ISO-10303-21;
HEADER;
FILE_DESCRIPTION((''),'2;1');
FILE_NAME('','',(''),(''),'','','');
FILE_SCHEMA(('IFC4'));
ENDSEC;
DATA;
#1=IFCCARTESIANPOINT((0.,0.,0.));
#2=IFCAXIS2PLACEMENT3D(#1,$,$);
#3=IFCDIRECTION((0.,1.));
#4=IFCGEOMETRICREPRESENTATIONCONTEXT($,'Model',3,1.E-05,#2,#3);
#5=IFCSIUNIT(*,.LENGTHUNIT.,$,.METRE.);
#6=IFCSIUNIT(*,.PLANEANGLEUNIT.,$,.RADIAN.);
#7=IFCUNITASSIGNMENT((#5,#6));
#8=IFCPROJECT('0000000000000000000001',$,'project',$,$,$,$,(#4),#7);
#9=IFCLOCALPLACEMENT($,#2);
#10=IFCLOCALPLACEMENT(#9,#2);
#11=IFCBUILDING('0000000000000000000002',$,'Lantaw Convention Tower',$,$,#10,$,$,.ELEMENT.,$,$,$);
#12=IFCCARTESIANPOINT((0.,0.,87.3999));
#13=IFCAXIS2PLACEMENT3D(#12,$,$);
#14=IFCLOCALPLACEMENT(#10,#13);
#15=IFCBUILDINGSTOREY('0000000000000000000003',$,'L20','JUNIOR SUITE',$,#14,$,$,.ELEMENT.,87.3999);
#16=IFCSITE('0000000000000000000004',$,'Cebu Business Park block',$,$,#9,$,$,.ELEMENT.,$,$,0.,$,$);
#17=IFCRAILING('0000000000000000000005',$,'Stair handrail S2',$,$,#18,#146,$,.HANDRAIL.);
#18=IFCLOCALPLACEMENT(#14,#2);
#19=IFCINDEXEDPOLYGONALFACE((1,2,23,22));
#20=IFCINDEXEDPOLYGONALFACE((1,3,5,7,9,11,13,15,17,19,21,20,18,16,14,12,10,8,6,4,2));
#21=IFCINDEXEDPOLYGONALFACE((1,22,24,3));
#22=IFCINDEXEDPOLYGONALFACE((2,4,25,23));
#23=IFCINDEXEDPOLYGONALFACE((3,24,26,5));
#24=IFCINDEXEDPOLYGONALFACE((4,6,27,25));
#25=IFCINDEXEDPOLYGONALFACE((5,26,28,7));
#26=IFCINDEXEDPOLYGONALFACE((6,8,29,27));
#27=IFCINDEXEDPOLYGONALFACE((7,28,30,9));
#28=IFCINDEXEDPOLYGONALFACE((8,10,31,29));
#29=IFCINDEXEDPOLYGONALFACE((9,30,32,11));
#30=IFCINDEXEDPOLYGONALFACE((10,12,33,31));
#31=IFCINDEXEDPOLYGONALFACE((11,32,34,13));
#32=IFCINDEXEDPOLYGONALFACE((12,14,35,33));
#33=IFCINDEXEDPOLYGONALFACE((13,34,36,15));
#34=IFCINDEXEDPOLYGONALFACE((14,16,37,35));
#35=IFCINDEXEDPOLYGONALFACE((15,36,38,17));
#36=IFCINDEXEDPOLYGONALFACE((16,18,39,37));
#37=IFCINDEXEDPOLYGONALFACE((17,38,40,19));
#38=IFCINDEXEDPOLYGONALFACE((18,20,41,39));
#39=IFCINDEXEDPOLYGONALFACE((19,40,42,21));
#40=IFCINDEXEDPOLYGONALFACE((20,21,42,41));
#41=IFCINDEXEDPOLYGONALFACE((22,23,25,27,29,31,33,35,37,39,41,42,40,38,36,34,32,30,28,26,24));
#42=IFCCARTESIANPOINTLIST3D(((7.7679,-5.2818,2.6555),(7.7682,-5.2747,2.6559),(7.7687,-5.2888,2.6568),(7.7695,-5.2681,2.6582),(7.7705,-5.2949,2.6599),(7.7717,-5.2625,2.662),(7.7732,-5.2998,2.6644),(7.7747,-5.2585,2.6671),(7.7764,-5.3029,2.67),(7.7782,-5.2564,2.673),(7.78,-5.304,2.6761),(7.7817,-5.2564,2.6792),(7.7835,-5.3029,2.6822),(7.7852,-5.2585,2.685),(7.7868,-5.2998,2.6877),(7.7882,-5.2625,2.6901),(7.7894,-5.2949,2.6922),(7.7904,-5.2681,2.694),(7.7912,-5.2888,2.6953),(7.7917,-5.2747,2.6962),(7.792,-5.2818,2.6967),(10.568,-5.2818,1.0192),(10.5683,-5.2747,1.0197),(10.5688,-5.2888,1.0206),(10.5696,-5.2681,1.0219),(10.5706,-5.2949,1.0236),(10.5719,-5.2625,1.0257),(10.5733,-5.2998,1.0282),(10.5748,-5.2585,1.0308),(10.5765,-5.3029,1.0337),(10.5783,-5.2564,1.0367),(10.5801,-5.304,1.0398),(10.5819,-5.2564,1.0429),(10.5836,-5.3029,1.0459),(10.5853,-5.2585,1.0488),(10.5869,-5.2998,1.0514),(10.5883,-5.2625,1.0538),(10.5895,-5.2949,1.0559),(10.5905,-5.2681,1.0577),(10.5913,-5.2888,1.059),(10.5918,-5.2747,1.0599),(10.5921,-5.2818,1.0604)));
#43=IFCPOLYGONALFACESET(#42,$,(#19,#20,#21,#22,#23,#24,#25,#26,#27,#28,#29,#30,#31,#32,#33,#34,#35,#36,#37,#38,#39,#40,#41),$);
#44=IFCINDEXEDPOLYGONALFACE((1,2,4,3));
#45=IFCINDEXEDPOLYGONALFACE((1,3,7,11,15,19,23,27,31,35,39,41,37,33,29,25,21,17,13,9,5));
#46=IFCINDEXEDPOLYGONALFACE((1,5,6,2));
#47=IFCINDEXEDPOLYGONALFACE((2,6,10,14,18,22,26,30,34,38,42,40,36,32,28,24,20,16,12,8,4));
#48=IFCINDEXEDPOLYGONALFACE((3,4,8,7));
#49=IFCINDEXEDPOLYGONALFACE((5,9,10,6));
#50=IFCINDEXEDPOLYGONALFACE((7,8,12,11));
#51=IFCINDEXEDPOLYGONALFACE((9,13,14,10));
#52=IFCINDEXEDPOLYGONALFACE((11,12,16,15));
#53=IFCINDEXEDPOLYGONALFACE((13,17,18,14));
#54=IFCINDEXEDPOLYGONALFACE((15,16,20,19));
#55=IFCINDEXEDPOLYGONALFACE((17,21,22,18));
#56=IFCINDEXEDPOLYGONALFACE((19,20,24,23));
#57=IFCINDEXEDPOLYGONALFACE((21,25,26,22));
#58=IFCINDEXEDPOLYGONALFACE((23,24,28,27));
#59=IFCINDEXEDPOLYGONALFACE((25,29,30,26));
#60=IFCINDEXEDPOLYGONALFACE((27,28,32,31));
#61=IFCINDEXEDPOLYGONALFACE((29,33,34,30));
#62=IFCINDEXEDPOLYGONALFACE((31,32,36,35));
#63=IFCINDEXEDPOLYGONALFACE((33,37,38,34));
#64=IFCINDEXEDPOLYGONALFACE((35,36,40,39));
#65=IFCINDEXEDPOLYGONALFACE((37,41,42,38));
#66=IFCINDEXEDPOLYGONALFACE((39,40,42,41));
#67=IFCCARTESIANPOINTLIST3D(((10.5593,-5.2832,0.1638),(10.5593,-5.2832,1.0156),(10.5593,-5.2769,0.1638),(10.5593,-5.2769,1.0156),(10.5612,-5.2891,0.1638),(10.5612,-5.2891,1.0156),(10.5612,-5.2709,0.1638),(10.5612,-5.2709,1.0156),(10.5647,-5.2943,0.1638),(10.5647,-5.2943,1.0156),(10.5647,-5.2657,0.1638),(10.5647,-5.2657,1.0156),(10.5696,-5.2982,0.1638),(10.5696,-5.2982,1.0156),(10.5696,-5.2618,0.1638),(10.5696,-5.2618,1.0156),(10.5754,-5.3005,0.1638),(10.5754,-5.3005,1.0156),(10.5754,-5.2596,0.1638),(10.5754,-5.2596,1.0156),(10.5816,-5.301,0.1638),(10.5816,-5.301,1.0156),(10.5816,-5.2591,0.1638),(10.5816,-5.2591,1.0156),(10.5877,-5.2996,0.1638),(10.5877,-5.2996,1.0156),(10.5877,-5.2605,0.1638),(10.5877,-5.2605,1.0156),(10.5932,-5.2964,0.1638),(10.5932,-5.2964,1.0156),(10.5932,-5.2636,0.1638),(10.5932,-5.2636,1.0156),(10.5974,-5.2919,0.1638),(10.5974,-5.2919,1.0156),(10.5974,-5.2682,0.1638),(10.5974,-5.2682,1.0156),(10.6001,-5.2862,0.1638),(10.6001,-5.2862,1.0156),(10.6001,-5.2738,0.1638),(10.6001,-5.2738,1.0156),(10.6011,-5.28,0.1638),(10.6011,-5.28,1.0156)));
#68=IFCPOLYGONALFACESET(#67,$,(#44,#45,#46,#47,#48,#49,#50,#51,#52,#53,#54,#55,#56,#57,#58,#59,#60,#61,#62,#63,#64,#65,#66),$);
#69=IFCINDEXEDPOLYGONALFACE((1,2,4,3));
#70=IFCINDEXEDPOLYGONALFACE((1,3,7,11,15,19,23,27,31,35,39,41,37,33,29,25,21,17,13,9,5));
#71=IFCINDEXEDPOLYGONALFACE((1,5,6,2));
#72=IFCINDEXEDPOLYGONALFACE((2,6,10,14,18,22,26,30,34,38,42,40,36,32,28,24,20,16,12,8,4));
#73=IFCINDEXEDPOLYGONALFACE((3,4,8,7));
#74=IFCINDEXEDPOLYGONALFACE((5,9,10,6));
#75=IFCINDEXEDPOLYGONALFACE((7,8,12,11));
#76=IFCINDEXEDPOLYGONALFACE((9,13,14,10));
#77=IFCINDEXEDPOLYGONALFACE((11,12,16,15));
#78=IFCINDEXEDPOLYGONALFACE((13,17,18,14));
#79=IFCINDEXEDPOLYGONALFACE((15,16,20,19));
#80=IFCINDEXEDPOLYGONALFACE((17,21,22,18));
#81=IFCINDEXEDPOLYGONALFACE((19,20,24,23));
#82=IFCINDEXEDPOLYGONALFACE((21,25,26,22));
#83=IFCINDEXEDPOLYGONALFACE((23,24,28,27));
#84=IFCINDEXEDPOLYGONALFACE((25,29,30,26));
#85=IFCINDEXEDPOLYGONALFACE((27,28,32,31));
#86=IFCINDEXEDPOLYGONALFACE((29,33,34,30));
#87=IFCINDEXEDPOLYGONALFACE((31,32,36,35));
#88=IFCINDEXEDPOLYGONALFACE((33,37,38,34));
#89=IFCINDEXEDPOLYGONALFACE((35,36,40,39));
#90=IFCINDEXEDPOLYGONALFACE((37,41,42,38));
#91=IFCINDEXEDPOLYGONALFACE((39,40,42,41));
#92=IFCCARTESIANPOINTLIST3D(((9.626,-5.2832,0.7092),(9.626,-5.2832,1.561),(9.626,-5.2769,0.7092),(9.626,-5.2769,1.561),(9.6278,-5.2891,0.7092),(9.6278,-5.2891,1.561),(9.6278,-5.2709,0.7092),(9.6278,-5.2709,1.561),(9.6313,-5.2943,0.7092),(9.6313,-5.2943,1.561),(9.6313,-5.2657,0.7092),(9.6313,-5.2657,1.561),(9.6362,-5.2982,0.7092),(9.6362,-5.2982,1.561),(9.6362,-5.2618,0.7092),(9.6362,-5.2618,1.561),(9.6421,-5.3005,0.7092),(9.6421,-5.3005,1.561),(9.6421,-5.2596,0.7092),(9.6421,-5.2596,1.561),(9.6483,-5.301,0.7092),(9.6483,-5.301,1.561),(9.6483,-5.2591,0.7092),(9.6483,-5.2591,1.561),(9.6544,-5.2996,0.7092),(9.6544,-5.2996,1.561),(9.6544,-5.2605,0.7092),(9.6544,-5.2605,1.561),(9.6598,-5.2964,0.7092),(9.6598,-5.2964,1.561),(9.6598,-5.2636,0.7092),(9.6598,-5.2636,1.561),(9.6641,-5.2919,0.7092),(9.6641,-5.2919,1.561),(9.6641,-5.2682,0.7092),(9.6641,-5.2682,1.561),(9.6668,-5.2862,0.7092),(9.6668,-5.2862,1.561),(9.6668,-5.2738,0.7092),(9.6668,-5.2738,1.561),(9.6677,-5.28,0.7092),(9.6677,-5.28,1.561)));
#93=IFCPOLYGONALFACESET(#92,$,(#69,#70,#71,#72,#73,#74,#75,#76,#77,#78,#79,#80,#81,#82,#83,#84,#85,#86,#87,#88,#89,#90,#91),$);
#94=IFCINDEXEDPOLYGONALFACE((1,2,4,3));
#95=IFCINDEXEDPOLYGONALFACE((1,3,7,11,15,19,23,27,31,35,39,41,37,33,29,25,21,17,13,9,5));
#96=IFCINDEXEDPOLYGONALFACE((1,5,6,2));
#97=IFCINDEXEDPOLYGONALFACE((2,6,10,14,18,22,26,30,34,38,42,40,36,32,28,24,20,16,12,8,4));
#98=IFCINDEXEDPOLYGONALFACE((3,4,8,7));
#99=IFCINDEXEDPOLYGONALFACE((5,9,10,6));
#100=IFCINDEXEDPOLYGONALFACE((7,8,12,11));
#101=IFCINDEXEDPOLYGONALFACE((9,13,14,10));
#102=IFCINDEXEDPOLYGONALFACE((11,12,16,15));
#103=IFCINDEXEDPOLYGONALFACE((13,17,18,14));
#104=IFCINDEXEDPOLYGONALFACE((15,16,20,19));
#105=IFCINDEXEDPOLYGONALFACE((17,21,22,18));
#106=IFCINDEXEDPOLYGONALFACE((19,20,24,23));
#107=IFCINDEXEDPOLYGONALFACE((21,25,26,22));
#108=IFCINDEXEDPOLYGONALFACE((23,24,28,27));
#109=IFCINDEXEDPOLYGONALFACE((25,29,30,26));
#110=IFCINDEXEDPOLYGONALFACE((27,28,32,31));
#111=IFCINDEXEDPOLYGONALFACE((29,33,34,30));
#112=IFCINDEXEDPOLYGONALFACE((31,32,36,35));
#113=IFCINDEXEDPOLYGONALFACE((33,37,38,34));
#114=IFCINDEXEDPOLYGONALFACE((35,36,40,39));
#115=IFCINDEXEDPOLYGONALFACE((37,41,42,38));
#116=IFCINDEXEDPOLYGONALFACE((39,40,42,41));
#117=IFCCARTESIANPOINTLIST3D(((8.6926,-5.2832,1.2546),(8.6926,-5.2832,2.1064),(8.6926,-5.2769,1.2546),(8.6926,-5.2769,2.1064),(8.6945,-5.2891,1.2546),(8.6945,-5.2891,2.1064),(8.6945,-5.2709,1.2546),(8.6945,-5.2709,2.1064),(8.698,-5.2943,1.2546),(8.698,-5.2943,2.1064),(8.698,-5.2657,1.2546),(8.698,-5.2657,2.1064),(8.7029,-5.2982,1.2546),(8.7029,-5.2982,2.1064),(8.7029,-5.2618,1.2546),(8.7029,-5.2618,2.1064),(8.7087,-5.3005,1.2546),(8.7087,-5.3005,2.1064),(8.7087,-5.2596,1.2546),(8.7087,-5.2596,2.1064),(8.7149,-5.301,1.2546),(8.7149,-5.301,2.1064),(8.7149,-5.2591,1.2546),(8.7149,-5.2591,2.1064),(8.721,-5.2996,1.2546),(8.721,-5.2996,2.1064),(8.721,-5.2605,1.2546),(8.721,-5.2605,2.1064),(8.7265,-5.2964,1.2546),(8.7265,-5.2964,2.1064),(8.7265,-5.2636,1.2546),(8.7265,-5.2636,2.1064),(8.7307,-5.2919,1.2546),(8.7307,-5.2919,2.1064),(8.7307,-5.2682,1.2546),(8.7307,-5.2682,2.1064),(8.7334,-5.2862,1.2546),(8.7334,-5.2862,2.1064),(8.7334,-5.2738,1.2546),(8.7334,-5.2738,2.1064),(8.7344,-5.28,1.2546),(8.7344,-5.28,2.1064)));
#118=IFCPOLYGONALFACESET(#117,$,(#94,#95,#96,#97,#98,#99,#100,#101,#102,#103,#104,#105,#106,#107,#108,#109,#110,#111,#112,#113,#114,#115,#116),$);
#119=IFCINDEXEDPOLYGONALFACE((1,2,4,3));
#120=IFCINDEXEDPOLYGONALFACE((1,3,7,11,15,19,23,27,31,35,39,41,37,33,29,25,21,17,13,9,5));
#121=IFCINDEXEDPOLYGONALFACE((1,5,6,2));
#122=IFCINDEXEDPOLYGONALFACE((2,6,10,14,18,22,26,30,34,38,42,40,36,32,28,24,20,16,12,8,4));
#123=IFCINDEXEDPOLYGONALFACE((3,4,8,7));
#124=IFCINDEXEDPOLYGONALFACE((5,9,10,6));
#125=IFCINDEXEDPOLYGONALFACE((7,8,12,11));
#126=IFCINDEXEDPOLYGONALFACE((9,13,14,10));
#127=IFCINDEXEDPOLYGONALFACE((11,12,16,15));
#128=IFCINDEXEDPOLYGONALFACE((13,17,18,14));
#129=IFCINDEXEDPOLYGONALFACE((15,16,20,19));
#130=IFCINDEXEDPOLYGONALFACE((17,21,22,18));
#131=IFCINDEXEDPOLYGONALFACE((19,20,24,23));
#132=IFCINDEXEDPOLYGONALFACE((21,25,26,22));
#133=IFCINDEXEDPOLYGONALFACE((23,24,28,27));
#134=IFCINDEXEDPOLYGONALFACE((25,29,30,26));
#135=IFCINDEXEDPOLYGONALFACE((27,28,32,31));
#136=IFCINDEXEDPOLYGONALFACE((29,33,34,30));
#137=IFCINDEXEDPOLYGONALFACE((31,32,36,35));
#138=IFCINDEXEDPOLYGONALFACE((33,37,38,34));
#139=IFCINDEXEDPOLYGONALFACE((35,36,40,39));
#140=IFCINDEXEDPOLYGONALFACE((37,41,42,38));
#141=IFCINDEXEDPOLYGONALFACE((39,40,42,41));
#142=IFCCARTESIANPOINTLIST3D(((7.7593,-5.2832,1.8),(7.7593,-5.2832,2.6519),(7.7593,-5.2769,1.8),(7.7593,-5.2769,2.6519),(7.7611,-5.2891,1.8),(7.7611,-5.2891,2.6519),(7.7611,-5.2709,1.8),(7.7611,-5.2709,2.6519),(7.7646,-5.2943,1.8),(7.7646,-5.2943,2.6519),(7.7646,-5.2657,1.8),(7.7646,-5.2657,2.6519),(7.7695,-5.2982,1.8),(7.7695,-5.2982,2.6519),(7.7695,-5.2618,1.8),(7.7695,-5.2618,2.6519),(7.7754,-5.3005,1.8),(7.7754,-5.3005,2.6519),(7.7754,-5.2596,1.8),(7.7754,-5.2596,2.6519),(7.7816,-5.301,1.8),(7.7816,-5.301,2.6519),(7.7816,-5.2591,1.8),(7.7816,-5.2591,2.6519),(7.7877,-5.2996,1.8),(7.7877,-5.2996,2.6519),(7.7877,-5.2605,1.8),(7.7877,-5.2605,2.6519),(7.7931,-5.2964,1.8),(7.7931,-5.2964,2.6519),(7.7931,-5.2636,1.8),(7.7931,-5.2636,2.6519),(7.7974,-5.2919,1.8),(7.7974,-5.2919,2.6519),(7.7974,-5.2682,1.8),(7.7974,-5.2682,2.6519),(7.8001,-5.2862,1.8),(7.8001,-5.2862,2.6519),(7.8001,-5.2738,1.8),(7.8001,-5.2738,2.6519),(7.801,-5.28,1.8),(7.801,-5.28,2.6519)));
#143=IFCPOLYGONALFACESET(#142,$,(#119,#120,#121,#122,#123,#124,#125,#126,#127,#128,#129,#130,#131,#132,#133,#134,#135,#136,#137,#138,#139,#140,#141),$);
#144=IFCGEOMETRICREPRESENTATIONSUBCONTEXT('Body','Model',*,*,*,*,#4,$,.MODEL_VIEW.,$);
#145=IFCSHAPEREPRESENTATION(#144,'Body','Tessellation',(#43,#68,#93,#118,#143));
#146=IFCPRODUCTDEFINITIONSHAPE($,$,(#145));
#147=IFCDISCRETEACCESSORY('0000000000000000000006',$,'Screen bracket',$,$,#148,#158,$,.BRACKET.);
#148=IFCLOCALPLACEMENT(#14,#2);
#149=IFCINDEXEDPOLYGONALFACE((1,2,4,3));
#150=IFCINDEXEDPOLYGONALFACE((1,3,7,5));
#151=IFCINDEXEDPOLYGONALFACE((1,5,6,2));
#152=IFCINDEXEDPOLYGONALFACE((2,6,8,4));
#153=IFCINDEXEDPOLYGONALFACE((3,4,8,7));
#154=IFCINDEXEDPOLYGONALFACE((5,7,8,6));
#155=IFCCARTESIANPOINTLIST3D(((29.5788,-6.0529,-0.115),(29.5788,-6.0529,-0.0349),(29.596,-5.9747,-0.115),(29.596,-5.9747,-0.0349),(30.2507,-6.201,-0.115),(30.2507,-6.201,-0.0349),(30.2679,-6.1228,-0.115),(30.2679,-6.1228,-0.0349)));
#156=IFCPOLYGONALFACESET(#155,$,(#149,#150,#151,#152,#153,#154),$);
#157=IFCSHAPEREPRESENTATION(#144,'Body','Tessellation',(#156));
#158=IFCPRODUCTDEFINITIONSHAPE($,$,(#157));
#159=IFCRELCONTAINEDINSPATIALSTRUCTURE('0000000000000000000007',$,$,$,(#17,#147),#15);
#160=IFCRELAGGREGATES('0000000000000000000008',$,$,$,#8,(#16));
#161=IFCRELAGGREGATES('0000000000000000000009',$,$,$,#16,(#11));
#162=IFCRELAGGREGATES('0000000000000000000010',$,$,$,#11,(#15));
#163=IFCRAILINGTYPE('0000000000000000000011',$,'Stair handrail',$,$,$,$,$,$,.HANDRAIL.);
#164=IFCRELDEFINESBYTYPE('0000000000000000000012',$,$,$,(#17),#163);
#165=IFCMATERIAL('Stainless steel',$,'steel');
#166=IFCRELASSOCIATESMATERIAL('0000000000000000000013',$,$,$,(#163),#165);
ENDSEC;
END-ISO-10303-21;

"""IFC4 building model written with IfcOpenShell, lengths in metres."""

from ifc_helpers import new_model, si_unit, direction, frame, origin, origin_2d, place, context, subcontext, project, spatial, rectangle, circle, extrude, material, type_object, element, save


model = new_model("IFC4")

# Units and contexts
model_context = context("Model", 3, precision=1e-05, world=origin(), true_north=direction((0.0, 1.0)))
body_context = subcontext(model_context, "Body", "Model", "MODEL_VIEW")
ifc_project = project(units=[si_unit("LENGTHUNIT", "METRE"), si_unit("PLANEANGLEUNIT", "RADIAN")], contexts=[model_context])

# Site, building, storey
site_placement = place(None, origin())
site = spatial("IfcSite", under=ifc_project, at=site_placement, Name="Cebu Business Park block", CompositionType="ELEMENT", RefElevation=0.0)
building_placement = place(site_placement, origin())
building = spatial("IfcBuilding", under=site, at=building_placement, Name="Lantaw Convention Tower", CompositionType="ELEMENT")
storey_placement = place(building_placement, frame((0.0, 0.0, 87.3999)))
storey = spatial("IfcBuildingStorey", under=building, at=storey_placement, Name="L20", Description="JUNIOR SUITE", CompositionType="ELEMENT", Elevation=87.3999)

# Railing
ifc_material_1 = material(Name="Stainless steel", Category="steel")
railing_type = type_object("IfcRailingType", Name="Stair handrail", PredefinedType="HANDRAIL", material=ifc_material_1)
railing_placement = place(storey_placement, frame((10.5801, -5.28, 0.1638)))
element("IfcRailing", 1, at=railing_placement, inside=storey, type_object=railing_type, Name="Stair handrail S2", PredefinedType="HANDRAIL", context=body_context, shape_type="SweptSolid", body=[
    extrude(circle(Radius=0.0239, at=origin_2d()), frame((0.0, 0.0, 0.876), z_axis=(-0.863394, 0.0, 0.504531), x_axis=(0.0, -1.0, 0.0)), (0.0, 0.0, 1.0), 3.2432),
    extrude(circle(Radius=0.021, at=origin_2d()), origin(), (0.0, 0.0, 1.0), 0.8518),
    extrude(circle(Radius=0.021, at=origin_2d()), frame((-0.9333, 0.0, 0.5454)), (0.0, 0.0, 1.0), 0.8518),
    extrude(circle(Radius=0.021, at=origin_2d()), frame((-1.8667, 0.0, 1.0908)), (0.0, 0.0, 1.0), 0.8518),
    extrude(circle(Radius=0.021, at=origin_2d()), frame((-2.8, 0.0, 1.6362)), (0.0, 0.0, 1.0), 0.8518),
])

# Discrete accessory
discrete_accessory_placement = place(storey_placement, frame((29.9233, -6.0879, -0.115), z_axis=(0.0, 0.0, 1.0), x_axis=(0.215246, 0.97656, 0.0)))
element("IfcDiscreteAccessory", 2, at=discrete_accessory_placement, inside=storey, Name="Screen bracket", PredefinedType="BRACKET", context=body_context, shape_type="SweptSolid", body=[
    extrude(rectangle(XDim=0.0801, YDim=0.688, at=origin_2d()), origin(), (0.0, 0.0, 1.0), 0.0801),
])

save(model, "model.ifc")
